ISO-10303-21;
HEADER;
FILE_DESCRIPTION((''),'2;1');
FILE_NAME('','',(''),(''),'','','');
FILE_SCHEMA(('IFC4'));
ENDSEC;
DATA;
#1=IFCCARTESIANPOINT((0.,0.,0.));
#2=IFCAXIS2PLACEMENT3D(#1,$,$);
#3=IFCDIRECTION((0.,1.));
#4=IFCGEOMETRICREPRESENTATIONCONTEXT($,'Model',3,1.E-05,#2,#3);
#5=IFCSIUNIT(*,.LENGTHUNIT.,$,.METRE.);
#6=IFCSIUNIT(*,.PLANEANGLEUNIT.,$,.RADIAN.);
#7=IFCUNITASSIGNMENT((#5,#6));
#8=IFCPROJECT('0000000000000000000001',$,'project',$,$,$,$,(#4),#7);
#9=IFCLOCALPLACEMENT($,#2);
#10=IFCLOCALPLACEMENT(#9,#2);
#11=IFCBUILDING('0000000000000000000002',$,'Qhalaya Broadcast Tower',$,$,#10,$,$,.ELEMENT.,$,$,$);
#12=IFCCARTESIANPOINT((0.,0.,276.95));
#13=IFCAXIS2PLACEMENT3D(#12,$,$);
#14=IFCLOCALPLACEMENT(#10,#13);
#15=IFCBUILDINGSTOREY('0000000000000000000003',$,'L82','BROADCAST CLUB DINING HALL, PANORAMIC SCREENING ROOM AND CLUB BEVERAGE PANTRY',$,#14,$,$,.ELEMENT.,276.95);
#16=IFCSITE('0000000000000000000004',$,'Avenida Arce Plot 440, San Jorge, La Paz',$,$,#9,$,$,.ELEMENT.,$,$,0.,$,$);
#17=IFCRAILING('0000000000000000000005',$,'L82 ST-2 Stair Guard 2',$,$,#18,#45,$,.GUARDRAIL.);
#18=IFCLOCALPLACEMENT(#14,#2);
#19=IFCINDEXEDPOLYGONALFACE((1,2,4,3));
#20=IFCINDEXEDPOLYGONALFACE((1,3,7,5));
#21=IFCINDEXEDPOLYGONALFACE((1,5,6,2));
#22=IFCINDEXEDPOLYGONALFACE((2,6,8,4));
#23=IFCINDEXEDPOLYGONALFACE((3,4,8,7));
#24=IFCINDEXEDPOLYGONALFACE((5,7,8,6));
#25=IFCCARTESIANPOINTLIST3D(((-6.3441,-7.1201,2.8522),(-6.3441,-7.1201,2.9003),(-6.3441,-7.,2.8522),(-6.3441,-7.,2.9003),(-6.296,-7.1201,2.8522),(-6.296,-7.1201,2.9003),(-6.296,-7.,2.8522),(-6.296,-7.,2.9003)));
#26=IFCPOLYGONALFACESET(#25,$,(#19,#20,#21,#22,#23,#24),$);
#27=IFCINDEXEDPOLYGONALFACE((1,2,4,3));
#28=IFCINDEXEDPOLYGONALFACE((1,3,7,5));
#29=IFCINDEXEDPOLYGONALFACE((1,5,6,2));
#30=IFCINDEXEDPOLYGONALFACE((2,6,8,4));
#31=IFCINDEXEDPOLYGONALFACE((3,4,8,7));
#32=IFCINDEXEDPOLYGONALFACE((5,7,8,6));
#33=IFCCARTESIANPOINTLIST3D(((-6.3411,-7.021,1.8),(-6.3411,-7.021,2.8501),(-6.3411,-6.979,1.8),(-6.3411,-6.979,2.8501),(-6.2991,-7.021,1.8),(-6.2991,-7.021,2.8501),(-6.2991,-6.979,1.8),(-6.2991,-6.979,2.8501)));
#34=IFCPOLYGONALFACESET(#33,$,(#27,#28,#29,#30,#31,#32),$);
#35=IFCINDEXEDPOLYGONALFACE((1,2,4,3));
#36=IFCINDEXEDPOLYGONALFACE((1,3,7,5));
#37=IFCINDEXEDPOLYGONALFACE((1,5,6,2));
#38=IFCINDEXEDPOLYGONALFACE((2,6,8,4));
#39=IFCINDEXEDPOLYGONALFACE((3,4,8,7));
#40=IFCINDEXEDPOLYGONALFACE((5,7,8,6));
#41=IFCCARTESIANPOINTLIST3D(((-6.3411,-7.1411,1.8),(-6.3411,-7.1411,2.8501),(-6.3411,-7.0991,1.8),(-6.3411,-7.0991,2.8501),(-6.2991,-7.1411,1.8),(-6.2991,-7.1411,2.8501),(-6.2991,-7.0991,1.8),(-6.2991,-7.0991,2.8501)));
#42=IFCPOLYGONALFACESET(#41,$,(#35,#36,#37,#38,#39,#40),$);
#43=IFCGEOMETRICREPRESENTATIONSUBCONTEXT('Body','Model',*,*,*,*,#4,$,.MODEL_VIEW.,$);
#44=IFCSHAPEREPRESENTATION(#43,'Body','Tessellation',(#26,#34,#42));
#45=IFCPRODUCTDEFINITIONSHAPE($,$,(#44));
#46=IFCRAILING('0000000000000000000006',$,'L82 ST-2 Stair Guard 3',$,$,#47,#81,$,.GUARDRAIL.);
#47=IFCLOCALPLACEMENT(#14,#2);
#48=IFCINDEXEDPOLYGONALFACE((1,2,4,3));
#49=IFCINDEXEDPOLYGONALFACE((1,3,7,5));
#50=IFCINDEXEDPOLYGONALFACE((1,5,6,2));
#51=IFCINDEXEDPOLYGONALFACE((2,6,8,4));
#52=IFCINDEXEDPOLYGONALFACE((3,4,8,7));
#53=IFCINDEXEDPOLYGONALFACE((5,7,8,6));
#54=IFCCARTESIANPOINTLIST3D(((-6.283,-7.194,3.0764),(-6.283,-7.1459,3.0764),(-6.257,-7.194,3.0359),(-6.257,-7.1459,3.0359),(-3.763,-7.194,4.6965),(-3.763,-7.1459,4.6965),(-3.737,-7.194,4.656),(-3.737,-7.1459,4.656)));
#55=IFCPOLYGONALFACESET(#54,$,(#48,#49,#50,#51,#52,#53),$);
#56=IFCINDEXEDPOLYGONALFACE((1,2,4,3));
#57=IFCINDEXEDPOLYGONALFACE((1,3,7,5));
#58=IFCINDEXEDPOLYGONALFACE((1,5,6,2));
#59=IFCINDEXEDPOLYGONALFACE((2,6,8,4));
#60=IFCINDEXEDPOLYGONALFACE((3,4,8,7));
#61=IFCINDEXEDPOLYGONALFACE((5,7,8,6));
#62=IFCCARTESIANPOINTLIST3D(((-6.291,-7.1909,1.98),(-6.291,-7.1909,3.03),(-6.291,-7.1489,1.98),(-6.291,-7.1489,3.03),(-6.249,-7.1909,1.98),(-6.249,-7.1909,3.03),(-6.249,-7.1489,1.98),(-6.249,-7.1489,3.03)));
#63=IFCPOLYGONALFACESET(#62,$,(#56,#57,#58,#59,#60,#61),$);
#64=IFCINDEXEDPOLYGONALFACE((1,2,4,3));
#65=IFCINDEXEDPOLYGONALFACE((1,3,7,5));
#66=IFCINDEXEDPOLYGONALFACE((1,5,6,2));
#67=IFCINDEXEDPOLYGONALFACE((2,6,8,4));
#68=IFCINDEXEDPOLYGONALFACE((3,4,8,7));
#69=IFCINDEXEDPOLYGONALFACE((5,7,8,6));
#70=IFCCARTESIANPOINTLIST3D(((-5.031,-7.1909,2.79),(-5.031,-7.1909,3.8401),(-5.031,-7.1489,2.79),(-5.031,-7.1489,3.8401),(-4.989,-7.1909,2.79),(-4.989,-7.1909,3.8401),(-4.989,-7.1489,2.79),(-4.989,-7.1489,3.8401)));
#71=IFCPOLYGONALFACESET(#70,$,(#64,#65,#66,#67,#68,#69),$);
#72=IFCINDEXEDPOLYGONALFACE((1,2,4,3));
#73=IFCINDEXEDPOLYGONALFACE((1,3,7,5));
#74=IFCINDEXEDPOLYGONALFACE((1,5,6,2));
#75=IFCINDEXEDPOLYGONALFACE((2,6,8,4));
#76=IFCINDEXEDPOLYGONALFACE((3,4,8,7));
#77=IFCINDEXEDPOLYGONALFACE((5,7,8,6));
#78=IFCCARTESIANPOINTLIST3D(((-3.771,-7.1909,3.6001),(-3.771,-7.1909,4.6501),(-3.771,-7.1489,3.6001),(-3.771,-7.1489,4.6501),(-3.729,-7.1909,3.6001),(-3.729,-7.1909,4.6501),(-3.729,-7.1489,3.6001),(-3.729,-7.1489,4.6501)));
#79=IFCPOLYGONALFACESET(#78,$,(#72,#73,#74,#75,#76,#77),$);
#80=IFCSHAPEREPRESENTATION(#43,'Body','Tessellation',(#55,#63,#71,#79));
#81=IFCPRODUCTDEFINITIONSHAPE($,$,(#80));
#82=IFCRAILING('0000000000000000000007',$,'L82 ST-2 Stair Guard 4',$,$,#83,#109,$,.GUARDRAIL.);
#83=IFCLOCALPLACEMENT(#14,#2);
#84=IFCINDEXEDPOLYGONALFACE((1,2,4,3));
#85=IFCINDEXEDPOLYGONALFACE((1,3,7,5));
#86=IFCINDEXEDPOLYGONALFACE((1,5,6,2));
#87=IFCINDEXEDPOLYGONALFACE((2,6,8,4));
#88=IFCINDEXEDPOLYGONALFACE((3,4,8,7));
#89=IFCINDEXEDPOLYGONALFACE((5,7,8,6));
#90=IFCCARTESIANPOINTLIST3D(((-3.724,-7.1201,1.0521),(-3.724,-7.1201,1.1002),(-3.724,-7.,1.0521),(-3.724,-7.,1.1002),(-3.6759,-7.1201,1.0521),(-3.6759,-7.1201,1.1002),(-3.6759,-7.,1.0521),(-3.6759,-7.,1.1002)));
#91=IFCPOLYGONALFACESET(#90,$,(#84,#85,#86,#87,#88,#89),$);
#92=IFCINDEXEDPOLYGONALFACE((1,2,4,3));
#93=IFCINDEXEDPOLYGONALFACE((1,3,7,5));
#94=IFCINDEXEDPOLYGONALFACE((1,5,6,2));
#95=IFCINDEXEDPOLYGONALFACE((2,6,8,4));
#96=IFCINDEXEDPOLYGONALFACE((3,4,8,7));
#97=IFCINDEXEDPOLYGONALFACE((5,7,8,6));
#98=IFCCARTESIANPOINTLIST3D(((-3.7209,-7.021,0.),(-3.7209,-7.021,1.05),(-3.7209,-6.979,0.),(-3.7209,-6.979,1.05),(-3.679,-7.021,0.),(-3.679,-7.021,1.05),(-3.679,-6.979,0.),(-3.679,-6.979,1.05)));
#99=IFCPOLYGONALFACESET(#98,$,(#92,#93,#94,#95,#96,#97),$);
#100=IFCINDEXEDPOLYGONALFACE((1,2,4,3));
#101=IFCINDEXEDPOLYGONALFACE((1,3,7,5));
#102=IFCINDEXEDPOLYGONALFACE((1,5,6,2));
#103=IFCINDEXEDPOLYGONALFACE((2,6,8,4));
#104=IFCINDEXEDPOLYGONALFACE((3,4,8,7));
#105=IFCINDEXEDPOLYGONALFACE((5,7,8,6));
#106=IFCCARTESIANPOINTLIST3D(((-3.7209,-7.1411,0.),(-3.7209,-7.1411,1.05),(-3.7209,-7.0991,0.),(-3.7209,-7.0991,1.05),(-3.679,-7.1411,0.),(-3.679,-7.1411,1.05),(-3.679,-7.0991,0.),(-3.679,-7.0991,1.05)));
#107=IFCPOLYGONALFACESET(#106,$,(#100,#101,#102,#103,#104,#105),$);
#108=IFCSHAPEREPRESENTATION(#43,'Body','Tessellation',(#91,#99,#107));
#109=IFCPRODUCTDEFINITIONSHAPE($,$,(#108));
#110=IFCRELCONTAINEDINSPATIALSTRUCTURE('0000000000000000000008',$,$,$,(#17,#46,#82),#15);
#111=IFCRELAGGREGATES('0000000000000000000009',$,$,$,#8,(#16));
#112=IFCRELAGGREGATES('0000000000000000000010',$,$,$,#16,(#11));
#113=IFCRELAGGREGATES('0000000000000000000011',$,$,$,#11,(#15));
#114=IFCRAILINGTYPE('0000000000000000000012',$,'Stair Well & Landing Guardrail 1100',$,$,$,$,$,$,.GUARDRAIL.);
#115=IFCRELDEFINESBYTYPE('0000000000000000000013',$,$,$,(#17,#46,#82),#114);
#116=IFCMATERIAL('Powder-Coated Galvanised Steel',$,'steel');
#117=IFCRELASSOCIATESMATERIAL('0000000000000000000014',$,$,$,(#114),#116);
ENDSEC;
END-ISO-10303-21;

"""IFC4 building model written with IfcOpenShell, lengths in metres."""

from ifc_helpers import new_model, si_unit, direction, frame, origin, origin_2d, place, context, subcontext, project, spatial, rectangle, extrude, material, type_object, element, save


model = new_model("IFC4")

# Units and contexts
model_context = context("Model", 3, precision=1e-05, world=origin(), true_north=direction((0.0, 1.0)))
body_context = subcontext(model_context, "Body", "Model", "MODEL_VIEW")
ifc_project = project(units=[si_unit("LENGTHUNIT", "METRE"), si_unit("PLANEANGLEUNIT", "RADIAN")], contexts=[model_context])

# Site, building, storey
site_placement = place(None, origin())
site = spatial("IfcSite", under=ifc_project, at=site_placement, Name="Avenida Arce Plot 440, San Jorge, La Paz", CompositionType="ELEMENT", RefElevation=0.0)
building_placement = place(site_placement, origin())
building = spatial("IfcBuilding", under=site, at=building_placement, Name="Qhalaya Broadcast Tower", CompositionType="ELEMENT")
storey_placement = place(building_placement, frame((0.0, 0.0, 276.95)))
storey = spatial("IfcBuildingStorey", under=building, at=storey_placement, Name="L82", Description="BROADCAST CLUB DINING HALL, PANORAMIC SCREENING ROOM AND CLUB BEVERAGE PANTRY", CompositionType="ELEMENT", Elevation=276.95)

# Railings
ifc_material_1 = material(Name="Powder-Coated Galvanised Steel", Category="steel")
railing_type_1 = type_object("IfcRailingType", Name="Stair Well & Landing Guardrail 1100", PredefinedType="GUARDRAIL", material=ifc_material_1)
railing_1_placement = place(storey_placement, frame((-6.3201, -7.0, 1.8)))
element("IfcRailing", 1, at=railing_1_placement, inside=storey, type_object=railing_type_1, Name="L82 ST-2 Stair Guard 2", PredefinedType="GUARDRAIL", context=body_context, shape_type="SweptSolid", body=[
    extrude(rectangle(XDim=0.0481, YDim=0.0481, at=origin_2d()), frame((0.0, 0.0, 1.0762), z_axis=(0.0, -1.0, 0.0), x_axis=(1.0, 0.0, 0.0)), (0.0, 0.0, 1.0), 0.1201),
    extrude(rectangle(XDim=0.042, YDim=0.042, at=origin_2d()), origin(), (0.0, 0.0, 1.0), 1.05),
    extrude(rectangle(XDim=0.042, YDim=0.042, at=origin_2d()), frame((0.0, -0.1201, 0.0)), (0.0, 0.0, 1.0), 1.05),
])
railing_2_placement = place(storey_placement, frame((-6.27, -7.1699, 1.98)))
element("IfcRailing", 2, at=railing_2_placement, inside=storey, type_object=railing_type_1, Name="L82 ST-2 Stair Guard 3", PredefinedType="GUARDRAIL", context=body_context, shape_type="SweptSolid", body=[
    extrude(rectangle(XDim=0.0481, YDim=0.0481, at=origin_2d()), frame((0.0, 0.0, 1.0762), z_axis=(0.841163, 0.0, 0.540782), x_axis=(0.0, 1.0, 0.0)), (0.0, 0.0, 1.0), 2.9958),
    extrude(rectangle(XDim=0.042, YDim=0.042, at=origin_2d()), origin(), (0.0, 0.0, 1.0), 1.05),
    extrude(rectangle(XDim=0.042, YDim=0.042, at=origin_2d()), frame((1.26, 0.0, 0.8101)), (0.0, 0.0, 1.0), 1.05),
    extrude(rectangle(XDim=0.042, YDim=0.042, at=origin_2d()), frame((2.52, 0.0, 1.6201)), (0.0, 0.0, 1.0), 1.05),
])
railing_3_placement = place(storey_placement, frame((-3.7, -7.0, 0.0)))
element("IfcRailing", 3, at=railing_3_placement, inside=storey, type_object=railing_type_1, Name="L82 ST-2 Stair Guard 4", PredefinedType="GUARDRAIL", context=body_context, shape_type="SweptSolid", body=[
    extrude(rectangle(XDim=0.0481, YDim=0.0481, at=origin_2d()), frame((0.0, 0.0, 1.0762), z_axis=(0.0, -1.0, 0.0), x_axis=(1.0, 0.0, 0.0)), (0.0, 0.0, 1.0), 0.1201),
    extrude(rectangle(XDim=0.042, YDim=0.042, at=origin_2d()), origin(), (0.0, 0.0, 1.0), 1.05),
    extrude(rectangle(XDim=0.042, YDim=0.042, at=origin_2d()), frame((0.0, -0.1201, 0.0)), (0.0, 0.0, 1.0), 1.05),
])

save(model, "model.ifc")
